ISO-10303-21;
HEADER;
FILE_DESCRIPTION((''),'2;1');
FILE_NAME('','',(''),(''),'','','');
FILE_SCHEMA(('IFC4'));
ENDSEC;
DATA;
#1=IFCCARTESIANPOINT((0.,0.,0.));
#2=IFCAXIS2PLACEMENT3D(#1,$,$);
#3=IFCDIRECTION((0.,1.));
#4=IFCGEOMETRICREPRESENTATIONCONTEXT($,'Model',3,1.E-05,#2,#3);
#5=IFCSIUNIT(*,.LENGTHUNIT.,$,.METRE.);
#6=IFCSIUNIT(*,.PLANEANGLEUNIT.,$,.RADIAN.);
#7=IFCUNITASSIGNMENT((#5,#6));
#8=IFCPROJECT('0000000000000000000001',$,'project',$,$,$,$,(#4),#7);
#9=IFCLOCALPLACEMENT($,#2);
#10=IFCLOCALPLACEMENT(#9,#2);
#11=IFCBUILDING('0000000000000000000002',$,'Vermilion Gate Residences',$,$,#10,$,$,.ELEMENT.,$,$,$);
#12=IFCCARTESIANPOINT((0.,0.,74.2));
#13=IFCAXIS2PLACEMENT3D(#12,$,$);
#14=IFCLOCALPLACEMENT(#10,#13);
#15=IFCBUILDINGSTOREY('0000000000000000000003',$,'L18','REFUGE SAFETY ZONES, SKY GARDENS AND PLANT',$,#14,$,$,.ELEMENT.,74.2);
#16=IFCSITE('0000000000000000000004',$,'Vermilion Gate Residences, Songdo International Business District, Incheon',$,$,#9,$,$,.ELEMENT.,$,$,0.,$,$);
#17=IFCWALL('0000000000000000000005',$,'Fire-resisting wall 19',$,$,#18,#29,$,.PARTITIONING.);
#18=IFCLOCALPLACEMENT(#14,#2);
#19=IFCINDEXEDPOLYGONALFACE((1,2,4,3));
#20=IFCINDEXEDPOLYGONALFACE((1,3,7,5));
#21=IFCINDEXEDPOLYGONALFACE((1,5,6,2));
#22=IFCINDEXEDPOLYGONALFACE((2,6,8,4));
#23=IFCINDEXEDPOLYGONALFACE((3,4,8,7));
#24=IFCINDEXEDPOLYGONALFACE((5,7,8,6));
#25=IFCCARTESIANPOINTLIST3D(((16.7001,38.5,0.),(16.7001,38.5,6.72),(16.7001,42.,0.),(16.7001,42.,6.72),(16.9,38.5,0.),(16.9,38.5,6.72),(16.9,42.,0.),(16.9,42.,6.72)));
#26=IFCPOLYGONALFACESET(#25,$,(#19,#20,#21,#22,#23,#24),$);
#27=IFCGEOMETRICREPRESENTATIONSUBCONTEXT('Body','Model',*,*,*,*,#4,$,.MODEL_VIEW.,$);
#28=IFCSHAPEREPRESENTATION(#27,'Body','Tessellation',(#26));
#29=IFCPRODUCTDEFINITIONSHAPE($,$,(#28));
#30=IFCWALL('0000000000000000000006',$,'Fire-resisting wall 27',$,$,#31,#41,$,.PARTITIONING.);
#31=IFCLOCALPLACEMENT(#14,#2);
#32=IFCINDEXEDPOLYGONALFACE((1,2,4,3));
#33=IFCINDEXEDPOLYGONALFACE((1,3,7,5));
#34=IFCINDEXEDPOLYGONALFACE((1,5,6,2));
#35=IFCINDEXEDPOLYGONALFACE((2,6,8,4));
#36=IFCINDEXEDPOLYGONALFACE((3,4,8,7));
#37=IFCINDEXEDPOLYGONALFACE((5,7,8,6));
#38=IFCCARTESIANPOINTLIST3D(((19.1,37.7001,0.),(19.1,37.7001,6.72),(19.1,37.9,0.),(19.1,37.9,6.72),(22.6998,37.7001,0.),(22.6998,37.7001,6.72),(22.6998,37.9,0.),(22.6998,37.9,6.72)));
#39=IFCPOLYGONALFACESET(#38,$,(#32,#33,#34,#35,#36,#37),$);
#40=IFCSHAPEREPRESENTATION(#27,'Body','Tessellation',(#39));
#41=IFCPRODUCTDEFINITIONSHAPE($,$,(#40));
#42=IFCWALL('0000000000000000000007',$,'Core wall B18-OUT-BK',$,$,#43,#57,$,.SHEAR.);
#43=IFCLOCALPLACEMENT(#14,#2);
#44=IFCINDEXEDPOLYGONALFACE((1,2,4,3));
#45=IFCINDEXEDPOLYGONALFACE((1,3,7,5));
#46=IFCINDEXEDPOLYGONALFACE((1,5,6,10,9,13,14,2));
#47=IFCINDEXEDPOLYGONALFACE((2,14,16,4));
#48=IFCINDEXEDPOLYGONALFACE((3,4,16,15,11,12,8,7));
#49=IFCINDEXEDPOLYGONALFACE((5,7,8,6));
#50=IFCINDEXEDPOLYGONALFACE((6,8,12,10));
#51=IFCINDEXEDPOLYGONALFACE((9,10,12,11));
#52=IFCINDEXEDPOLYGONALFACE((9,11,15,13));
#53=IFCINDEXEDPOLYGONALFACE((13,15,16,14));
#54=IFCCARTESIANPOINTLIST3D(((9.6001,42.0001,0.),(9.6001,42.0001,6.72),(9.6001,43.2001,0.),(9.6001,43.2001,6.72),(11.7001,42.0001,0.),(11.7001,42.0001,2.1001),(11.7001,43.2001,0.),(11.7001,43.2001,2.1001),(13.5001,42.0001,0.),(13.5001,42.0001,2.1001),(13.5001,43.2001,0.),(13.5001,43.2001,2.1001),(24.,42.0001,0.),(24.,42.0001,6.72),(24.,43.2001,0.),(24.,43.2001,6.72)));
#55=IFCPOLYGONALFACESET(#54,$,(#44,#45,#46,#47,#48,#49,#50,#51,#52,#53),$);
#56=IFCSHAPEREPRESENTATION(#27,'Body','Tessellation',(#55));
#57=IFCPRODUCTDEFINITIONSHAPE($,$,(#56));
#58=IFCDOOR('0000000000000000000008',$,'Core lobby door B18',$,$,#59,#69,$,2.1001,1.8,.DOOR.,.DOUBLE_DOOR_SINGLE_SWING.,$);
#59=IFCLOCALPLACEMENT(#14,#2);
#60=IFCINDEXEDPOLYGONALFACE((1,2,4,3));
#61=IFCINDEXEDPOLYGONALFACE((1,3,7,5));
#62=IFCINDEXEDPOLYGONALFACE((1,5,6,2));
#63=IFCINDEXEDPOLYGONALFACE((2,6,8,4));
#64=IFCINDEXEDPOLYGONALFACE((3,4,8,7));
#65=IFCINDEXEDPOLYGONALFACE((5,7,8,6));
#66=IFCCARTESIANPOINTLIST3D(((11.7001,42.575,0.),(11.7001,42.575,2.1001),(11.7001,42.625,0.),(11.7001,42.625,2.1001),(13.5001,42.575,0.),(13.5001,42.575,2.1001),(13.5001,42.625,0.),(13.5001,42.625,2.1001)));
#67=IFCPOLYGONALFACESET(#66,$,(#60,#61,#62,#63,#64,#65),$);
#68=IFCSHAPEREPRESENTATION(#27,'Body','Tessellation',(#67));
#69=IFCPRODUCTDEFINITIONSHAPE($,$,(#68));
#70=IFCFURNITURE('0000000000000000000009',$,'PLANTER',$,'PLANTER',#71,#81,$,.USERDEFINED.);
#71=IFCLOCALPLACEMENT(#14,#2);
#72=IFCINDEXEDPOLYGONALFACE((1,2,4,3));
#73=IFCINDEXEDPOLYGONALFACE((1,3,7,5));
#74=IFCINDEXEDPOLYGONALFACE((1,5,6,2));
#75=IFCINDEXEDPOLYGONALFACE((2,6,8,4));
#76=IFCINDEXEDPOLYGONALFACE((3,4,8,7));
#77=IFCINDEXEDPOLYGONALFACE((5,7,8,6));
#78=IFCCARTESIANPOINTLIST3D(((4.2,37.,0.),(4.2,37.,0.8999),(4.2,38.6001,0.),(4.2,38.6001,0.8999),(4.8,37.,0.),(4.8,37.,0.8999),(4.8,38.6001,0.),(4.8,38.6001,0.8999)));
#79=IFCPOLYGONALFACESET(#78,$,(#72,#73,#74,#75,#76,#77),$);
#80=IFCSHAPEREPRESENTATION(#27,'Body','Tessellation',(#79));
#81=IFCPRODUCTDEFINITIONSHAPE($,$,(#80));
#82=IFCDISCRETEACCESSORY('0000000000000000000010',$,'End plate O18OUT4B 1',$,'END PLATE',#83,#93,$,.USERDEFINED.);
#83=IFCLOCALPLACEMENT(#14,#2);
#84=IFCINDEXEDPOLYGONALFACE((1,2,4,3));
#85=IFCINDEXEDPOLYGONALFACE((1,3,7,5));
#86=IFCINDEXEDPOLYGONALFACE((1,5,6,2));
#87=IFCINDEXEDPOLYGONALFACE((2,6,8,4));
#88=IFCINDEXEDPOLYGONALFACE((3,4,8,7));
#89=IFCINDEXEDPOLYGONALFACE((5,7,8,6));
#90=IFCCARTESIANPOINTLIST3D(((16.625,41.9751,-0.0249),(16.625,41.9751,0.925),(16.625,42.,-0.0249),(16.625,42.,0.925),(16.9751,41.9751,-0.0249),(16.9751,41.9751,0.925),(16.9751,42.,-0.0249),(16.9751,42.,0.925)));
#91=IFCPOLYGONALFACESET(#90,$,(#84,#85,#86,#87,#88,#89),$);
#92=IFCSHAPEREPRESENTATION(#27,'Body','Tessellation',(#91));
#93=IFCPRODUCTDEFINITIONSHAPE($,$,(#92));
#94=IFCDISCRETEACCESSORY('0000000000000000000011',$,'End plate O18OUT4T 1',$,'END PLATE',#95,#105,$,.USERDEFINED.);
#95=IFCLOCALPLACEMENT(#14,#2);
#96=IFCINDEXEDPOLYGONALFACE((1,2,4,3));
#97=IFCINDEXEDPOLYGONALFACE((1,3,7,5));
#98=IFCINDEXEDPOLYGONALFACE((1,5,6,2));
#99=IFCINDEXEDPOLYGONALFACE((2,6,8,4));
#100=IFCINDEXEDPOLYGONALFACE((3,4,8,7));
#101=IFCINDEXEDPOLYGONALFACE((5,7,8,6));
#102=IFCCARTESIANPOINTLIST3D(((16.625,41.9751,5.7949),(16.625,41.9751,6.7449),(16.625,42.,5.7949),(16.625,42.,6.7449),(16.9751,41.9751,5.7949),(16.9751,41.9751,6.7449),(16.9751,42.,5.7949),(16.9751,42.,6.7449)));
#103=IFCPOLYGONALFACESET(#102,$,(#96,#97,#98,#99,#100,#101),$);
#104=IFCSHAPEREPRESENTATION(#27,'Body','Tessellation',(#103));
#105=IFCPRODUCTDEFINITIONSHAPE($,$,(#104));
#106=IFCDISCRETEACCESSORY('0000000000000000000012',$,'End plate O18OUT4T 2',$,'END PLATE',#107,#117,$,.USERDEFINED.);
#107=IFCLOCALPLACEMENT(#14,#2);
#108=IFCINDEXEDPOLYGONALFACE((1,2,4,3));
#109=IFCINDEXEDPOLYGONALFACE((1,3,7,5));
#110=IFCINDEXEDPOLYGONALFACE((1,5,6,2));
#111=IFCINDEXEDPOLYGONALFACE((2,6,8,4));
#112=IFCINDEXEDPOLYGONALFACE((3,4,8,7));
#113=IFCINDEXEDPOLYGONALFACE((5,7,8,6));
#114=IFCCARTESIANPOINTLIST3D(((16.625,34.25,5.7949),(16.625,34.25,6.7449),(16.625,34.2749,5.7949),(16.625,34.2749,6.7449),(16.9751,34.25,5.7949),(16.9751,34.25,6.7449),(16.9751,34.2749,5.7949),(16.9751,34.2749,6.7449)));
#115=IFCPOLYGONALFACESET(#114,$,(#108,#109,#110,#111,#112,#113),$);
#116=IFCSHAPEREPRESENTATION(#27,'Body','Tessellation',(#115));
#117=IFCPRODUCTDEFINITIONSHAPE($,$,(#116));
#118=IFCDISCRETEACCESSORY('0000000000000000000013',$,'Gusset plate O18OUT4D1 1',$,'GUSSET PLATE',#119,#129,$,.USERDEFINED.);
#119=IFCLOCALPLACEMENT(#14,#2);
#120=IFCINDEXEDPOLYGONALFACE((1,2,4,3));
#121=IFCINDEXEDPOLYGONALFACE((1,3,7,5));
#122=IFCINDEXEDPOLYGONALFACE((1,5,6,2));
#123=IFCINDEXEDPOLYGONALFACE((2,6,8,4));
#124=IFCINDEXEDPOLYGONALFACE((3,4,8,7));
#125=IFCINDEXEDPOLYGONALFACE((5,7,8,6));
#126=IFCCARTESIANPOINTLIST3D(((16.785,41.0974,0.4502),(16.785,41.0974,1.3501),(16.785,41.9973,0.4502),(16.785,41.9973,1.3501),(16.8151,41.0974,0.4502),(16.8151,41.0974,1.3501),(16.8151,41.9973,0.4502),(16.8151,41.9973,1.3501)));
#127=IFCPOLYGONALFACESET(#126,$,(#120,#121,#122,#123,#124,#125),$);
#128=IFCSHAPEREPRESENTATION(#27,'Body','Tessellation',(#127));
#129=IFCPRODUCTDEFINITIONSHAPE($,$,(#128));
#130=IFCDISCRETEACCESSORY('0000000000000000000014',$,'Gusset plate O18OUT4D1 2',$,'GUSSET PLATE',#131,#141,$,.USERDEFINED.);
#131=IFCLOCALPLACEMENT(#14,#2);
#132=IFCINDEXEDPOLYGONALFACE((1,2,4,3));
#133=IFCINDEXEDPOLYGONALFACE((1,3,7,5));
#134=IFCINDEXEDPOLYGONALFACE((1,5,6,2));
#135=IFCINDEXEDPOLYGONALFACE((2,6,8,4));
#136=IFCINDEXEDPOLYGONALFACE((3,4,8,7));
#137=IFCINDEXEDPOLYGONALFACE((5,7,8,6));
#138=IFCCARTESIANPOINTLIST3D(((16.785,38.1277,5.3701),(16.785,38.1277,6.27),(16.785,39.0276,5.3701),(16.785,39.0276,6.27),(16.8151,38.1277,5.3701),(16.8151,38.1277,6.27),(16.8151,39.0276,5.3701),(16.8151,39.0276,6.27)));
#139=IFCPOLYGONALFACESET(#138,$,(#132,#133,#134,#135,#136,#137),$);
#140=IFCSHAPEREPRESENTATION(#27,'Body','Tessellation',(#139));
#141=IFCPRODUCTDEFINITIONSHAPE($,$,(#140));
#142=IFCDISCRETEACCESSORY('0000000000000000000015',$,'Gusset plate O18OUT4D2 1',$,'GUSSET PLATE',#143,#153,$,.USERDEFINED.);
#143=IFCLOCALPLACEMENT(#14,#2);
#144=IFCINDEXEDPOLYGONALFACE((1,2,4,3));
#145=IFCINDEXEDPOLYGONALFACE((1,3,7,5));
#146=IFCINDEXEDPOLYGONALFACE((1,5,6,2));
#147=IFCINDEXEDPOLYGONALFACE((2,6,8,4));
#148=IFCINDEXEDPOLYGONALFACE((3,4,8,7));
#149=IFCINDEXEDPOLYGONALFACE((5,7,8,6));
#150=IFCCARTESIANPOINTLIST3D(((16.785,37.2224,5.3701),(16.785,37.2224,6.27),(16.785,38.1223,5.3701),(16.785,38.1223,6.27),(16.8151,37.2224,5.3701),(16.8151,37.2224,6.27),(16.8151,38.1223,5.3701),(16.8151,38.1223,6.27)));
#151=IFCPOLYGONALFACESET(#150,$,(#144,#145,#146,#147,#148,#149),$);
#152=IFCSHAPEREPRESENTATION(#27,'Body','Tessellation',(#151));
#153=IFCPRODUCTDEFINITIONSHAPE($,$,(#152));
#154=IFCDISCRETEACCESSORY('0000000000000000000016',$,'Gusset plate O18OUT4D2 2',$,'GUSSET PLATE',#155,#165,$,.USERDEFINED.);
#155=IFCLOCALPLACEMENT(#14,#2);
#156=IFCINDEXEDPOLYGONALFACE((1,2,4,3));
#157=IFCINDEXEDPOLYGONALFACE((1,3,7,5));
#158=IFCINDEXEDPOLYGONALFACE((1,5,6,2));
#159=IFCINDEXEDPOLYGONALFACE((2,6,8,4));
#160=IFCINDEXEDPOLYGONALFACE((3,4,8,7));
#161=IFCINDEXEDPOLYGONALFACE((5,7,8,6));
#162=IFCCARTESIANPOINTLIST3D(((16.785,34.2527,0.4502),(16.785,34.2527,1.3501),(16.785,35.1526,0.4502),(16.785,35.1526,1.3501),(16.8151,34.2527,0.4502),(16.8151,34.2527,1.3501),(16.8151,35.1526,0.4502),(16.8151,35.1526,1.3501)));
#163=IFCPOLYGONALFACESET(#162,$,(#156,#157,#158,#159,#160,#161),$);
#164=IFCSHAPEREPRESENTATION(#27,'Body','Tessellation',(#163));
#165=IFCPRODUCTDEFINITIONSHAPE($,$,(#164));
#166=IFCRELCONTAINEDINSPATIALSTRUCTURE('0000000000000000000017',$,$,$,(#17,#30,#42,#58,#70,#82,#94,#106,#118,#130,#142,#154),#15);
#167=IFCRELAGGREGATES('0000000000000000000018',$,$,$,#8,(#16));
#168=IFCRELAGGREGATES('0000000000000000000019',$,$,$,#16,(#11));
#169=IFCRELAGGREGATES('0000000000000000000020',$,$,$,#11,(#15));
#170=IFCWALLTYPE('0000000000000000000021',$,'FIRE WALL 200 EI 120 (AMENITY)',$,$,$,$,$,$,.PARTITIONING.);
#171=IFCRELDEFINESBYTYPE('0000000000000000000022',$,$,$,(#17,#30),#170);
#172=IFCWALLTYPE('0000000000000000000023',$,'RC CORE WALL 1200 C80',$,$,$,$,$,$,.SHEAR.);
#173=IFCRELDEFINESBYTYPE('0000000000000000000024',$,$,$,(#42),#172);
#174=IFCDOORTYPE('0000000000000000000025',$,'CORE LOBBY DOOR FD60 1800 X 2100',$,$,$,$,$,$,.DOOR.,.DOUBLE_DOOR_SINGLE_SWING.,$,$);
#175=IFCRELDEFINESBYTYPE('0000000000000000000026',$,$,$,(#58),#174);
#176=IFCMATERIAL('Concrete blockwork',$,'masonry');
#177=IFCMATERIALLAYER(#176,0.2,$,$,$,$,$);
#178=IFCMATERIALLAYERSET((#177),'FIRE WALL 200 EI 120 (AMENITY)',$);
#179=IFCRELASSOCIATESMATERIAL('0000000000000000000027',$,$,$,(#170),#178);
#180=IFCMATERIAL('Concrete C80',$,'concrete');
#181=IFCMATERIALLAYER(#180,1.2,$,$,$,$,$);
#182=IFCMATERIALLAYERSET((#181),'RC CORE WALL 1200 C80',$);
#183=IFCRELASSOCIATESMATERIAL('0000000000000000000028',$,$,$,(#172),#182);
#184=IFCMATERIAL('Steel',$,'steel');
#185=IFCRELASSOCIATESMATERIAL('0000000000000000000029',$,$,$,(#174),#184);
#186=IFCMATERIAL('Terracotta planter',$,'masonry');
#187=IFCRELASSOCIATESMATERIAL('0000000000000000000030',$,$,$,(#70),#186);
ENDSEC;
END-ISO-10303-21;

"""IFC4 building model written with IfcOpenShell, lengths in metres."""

from ifc_helpers import new_model, si_unit, direction, frame, frame_2d, origin, origin_2d, place, context, subcontext, project, spatial, rectangle, extrude, material, layer, layer_set, type_object, element, fill, save


model = new_model("IFC4")

# Units and contexts
model_context = context("Model", 3, precision=1e-05, world=origin(), true_north=direction((0.0, 1.0)))
body_context = subcontext(model_context, "Body", "Model", "MODEL_VIEW")
ifc_project = project(units=[si_unit("LENGTHUNIT", "METRE"), si_unit("PLANEANGLEUNIT", "RADIAN")], contexts=[model_context])

# Site, building, storey
site_placement = place(None, origin())
site = spatial("IfcSite", under=ifc_project, at=site_placement, Name="Vermilion Gate Residences, Songdo International Business District, Incheon", CompositionType="ELEMENT", RefElevation=0.0)
building_placement = place(site_placement, origin())
building = spatial("IfcBuilding", under=site, at=building_placement, Name="Vermilion Gate Residences", CompositionType="ELEMENT")
storey_placement = place(building_placement, frame((0.0, 0.0, 74.2)))
storey = spatial("IfcBuildingStorey", under=building, at=storey_placement, Name="L18", Description="REFUGE SAFETY ZONES, SKY GARDENS AND PLANT", CompositionType="ELEMENT", Elevation=74.2)

# Shared definitions
ifc_material_1 = material(Name="Concrete blockwork", Category="masonry")
ifc_layer_1 = layer(ifc_material_1, 0.2)
ifc_layer_set_1 = layer_set([ifc_layer_1], Name="FIRE WALL 200 EI 120 (AMENITY)")
wall_type_1 = type_object("IfcWallType", Name="FIRE WALL 200 EI 120 (AMENITY)", PredefinedType="PARTITIONING", material=ifc_layer_set_1)

# Walls
wall_1_placement = place(storey_placement, frame((16.8, 38.5, 0.0), z_axis=(0.0, 0.0, 1.0), x_axis=(0.0, 1.0, 0.0)))
element("IfcWall", 1, at=wall_1_placement, inside=storey, type_object=wall_type_1, Name="Fire-resisting wall 19", PredefinedType="PARTITIONING", context=body_context, shape_type="SweptSolid", body=[
    extrude(rectangle(XDim=3.5, YDim=0.2, at=frame_2d((1.75, 0.0))), origin(), (0.0, 0.0, 1.0), 6.72),
])
wall_2_placement = place(storey_placement, frame((19.1001, 37.8, 0.0), z_axis=(0.0, 0.0, 1.0), x_axis=(1.0, 0.0, 0.0)))
element("IfcWall", 2, at=wall_2_placement, inside=storey, type_object=wall_type_1, Name="Fire-resisting wall 27", PredefinedType="PARTITIONING", context=body_context, shape_type="SweptSolid", body=[
    extrude(rectangle(XDim=3.5999, YDim=0.2, at=frame_2d((1.7998, 0.0))), origin(), (0.0, 0.0, 1.0), 6.72),
])

# Wall, opening, door
ifc_material_2 = material(Name="Concrete C80", Category="concrete")
ifc_layer_2 = layer(ifc_material_2, 1.2)
ifc_layer_set_2 = layer_set([ifc_layer_2], Name="RC CORE WALL 1200 C80")
wall_type_2 = type_object("IfcWallType", Name="RC CORE WALL 1200 C80", PredefinedType="SHEAR", material=ifc_layer_set_2)
wall_3_placement = place(storey_placement, frame((9.6001, 42.6001, 0.0), z_axis=(0.0, 0.0, 1.0), x_axis=(1.0, 0.0, 0.0)))
wall_3 = element("IfcWall", 3, at=wall_3_placement, inside=storey, type_object=wall_type_2, Name="Core wall B18-OUT-BK", PredefinedType="SHEAR", context=body_context, shape_type="SweptSolid", body=[
    extrude(rectangle(XDim=14.3999, YDim=1.2, at=frame_2d((7.2, 0.0))), origin(), (0.0, 0.0, 1.0), 6.72),
])
opening_1_placement = place(wall_3_placement, frame((2.1001, 0.0, 0.0)))
opening_1 = element("IfcOpeningElement", 4, at=opening_1_placement, cuts=wall_3, PredefinedType="OPENING", context=body_context, shape_type="SweptSolid", body=[
    extrude(rectangle(XDim=1.8, YDim=2.1001, at=frame_2d((0.8999, 1.05))), frame((0.0, 0.6099, 0.0), z_axis=(0.0, -1.0, 0.0), x_axis=(1.0, 0.0, 0.0)), (0.0, 0.0, 1.0), 1.22),
])
ifc_material_3 = material(Name="Steel", Category="steel")
door_type_1 = type_object("IfcDoorType", Name="CORE LOBBY DOOR FD60 1800 X 2100", OperationType="DOUBLE_DOOR_SINGLE_SWING", PredefinedType="DOOR", material=ifc_material_3)
door_1_placement = place(opening_1_placement, origin())
door_1 = element("IfcDoor", 5, at=door_1_placement, inside=storey, type_object=door_type_1, Name="Core lobby door B18", OperationType="DOUBLE_DOOR_SINGLE_SWING", OverallHeight=2.1001, OverallWidth=1.8, PredefinedType="DOOR", context=body_context, shape_type="SweptSolid", body=[
    extrude(rectangle(XDim=1.8, YDim=2.1001, at=frame_2d((0.8999, 1.05))), frame((0.0, 0.0249, 0.0), z_axis=(0.0, -1.0, 0.0), x_axis=(1.0, 0.0, 0.0)), (0.0, 0.0, 1.0), 0.05),
])
fill(opening_1, door_1)

# Furniture
ifc_material_4 = material(Name="Terracotta planter", Category="masonry")
furniture_placement = place(storey_placement, frame((4.5, 37.8, 0.0), z_axis=(0.0, 0.0, 1.0), x_axis=(0.0, -1.0, 0.0)))
element("IfcFurniture", 6, at=furniture_placement, inside=storey, material=ifc_material_4, Name="PLANTER", ObjectType="PLANTER", PredefinedType="USERDEFINED", context=body_context, shape_type="SweptSolid", body=[
    extrude(rectangle(XDim=1.6001, YDim=0.6001, at=origin_2d()), origin(), (0.0, 0.0, 1.0), 0.8999),
])

# Discrete accessories
for number, where, z_axis, x_axis, name in (
    (7, (16.8, 41.9875, -0.0249), (0.0, 0.0, 1.0), (1.0, 0.0, 0.0), "End plate O18OUT4B 1"),
    (8, (16.8, 41.9875, 5.7949), (0.0, 0.0, 1.0), (1.0, 0.0, 0.0), "End plate O18OUT4T 1"),
    (9, (16.8, 34.2625, 5.7949), (0.0, 0.0, 1.0), (1.0, 0.0, 0.0), "End plate O18OUT4T 2"),
):
    element("IfcDiscreteAccessory", number, at=place(storey_placement, frame(where, z_axis=z_axis, x_axis=x_axis)), inside=storey, Name=name, ObjectType="END PLATE", PredefinedType="USERDEFINED", context=body_context, shape_type="SweptSolid", body=[
        extrude(rectangle(XDim=0.3501, YDim=0.0249, at=origin_2d()), origin(), (0.0, 0.0, 1.0), 0.95),
    ])
for number, where, z_axis, x_axis, name in (
    (10, (16.8, 41.5474, 0.4502), (0.0, 0.0, 1.0), (1.0, 0.0, 0.0), "Gusset plate O18OUT4D1 1"),
    (11, (16.8, 38.5776, 5.3701), (0.0, 0.0, 1.0), (1.0, 0.0, 0.0), "Gusset plate O18OUT4D1 2"),
    (12, (16.8, 37.6724, 5.3701), (0.0, 0.0, 1.0), (1.0, 0.0, 0.0), "Gusset plate O18OUT4D2 1"),
    (13, (16.8, 34.7026, 0.4502), (0.0, 0.0, 1.0), (1.0, 0.0, 0.0), "Gusset plate O18OUT4D2 2"),
):
    element("IfcDiscreteAccessory", number, at=place(storey_placement, frame(where, z_axis=z_axis, x_axis=x_axis)), inside=storey, Name=name, ObjectType="GUSSET PLATE", PredefinedType="USERDEFINED", context=body_context, shape_type="SweptSolid", body=[
        extrude(rectangle(XDim=0.03, YDim=0.8999, at=origin_2d()), origin(), (0.0, 0.0, 1.0), 0.8999),
    ])

save(model, "model.ifc")
